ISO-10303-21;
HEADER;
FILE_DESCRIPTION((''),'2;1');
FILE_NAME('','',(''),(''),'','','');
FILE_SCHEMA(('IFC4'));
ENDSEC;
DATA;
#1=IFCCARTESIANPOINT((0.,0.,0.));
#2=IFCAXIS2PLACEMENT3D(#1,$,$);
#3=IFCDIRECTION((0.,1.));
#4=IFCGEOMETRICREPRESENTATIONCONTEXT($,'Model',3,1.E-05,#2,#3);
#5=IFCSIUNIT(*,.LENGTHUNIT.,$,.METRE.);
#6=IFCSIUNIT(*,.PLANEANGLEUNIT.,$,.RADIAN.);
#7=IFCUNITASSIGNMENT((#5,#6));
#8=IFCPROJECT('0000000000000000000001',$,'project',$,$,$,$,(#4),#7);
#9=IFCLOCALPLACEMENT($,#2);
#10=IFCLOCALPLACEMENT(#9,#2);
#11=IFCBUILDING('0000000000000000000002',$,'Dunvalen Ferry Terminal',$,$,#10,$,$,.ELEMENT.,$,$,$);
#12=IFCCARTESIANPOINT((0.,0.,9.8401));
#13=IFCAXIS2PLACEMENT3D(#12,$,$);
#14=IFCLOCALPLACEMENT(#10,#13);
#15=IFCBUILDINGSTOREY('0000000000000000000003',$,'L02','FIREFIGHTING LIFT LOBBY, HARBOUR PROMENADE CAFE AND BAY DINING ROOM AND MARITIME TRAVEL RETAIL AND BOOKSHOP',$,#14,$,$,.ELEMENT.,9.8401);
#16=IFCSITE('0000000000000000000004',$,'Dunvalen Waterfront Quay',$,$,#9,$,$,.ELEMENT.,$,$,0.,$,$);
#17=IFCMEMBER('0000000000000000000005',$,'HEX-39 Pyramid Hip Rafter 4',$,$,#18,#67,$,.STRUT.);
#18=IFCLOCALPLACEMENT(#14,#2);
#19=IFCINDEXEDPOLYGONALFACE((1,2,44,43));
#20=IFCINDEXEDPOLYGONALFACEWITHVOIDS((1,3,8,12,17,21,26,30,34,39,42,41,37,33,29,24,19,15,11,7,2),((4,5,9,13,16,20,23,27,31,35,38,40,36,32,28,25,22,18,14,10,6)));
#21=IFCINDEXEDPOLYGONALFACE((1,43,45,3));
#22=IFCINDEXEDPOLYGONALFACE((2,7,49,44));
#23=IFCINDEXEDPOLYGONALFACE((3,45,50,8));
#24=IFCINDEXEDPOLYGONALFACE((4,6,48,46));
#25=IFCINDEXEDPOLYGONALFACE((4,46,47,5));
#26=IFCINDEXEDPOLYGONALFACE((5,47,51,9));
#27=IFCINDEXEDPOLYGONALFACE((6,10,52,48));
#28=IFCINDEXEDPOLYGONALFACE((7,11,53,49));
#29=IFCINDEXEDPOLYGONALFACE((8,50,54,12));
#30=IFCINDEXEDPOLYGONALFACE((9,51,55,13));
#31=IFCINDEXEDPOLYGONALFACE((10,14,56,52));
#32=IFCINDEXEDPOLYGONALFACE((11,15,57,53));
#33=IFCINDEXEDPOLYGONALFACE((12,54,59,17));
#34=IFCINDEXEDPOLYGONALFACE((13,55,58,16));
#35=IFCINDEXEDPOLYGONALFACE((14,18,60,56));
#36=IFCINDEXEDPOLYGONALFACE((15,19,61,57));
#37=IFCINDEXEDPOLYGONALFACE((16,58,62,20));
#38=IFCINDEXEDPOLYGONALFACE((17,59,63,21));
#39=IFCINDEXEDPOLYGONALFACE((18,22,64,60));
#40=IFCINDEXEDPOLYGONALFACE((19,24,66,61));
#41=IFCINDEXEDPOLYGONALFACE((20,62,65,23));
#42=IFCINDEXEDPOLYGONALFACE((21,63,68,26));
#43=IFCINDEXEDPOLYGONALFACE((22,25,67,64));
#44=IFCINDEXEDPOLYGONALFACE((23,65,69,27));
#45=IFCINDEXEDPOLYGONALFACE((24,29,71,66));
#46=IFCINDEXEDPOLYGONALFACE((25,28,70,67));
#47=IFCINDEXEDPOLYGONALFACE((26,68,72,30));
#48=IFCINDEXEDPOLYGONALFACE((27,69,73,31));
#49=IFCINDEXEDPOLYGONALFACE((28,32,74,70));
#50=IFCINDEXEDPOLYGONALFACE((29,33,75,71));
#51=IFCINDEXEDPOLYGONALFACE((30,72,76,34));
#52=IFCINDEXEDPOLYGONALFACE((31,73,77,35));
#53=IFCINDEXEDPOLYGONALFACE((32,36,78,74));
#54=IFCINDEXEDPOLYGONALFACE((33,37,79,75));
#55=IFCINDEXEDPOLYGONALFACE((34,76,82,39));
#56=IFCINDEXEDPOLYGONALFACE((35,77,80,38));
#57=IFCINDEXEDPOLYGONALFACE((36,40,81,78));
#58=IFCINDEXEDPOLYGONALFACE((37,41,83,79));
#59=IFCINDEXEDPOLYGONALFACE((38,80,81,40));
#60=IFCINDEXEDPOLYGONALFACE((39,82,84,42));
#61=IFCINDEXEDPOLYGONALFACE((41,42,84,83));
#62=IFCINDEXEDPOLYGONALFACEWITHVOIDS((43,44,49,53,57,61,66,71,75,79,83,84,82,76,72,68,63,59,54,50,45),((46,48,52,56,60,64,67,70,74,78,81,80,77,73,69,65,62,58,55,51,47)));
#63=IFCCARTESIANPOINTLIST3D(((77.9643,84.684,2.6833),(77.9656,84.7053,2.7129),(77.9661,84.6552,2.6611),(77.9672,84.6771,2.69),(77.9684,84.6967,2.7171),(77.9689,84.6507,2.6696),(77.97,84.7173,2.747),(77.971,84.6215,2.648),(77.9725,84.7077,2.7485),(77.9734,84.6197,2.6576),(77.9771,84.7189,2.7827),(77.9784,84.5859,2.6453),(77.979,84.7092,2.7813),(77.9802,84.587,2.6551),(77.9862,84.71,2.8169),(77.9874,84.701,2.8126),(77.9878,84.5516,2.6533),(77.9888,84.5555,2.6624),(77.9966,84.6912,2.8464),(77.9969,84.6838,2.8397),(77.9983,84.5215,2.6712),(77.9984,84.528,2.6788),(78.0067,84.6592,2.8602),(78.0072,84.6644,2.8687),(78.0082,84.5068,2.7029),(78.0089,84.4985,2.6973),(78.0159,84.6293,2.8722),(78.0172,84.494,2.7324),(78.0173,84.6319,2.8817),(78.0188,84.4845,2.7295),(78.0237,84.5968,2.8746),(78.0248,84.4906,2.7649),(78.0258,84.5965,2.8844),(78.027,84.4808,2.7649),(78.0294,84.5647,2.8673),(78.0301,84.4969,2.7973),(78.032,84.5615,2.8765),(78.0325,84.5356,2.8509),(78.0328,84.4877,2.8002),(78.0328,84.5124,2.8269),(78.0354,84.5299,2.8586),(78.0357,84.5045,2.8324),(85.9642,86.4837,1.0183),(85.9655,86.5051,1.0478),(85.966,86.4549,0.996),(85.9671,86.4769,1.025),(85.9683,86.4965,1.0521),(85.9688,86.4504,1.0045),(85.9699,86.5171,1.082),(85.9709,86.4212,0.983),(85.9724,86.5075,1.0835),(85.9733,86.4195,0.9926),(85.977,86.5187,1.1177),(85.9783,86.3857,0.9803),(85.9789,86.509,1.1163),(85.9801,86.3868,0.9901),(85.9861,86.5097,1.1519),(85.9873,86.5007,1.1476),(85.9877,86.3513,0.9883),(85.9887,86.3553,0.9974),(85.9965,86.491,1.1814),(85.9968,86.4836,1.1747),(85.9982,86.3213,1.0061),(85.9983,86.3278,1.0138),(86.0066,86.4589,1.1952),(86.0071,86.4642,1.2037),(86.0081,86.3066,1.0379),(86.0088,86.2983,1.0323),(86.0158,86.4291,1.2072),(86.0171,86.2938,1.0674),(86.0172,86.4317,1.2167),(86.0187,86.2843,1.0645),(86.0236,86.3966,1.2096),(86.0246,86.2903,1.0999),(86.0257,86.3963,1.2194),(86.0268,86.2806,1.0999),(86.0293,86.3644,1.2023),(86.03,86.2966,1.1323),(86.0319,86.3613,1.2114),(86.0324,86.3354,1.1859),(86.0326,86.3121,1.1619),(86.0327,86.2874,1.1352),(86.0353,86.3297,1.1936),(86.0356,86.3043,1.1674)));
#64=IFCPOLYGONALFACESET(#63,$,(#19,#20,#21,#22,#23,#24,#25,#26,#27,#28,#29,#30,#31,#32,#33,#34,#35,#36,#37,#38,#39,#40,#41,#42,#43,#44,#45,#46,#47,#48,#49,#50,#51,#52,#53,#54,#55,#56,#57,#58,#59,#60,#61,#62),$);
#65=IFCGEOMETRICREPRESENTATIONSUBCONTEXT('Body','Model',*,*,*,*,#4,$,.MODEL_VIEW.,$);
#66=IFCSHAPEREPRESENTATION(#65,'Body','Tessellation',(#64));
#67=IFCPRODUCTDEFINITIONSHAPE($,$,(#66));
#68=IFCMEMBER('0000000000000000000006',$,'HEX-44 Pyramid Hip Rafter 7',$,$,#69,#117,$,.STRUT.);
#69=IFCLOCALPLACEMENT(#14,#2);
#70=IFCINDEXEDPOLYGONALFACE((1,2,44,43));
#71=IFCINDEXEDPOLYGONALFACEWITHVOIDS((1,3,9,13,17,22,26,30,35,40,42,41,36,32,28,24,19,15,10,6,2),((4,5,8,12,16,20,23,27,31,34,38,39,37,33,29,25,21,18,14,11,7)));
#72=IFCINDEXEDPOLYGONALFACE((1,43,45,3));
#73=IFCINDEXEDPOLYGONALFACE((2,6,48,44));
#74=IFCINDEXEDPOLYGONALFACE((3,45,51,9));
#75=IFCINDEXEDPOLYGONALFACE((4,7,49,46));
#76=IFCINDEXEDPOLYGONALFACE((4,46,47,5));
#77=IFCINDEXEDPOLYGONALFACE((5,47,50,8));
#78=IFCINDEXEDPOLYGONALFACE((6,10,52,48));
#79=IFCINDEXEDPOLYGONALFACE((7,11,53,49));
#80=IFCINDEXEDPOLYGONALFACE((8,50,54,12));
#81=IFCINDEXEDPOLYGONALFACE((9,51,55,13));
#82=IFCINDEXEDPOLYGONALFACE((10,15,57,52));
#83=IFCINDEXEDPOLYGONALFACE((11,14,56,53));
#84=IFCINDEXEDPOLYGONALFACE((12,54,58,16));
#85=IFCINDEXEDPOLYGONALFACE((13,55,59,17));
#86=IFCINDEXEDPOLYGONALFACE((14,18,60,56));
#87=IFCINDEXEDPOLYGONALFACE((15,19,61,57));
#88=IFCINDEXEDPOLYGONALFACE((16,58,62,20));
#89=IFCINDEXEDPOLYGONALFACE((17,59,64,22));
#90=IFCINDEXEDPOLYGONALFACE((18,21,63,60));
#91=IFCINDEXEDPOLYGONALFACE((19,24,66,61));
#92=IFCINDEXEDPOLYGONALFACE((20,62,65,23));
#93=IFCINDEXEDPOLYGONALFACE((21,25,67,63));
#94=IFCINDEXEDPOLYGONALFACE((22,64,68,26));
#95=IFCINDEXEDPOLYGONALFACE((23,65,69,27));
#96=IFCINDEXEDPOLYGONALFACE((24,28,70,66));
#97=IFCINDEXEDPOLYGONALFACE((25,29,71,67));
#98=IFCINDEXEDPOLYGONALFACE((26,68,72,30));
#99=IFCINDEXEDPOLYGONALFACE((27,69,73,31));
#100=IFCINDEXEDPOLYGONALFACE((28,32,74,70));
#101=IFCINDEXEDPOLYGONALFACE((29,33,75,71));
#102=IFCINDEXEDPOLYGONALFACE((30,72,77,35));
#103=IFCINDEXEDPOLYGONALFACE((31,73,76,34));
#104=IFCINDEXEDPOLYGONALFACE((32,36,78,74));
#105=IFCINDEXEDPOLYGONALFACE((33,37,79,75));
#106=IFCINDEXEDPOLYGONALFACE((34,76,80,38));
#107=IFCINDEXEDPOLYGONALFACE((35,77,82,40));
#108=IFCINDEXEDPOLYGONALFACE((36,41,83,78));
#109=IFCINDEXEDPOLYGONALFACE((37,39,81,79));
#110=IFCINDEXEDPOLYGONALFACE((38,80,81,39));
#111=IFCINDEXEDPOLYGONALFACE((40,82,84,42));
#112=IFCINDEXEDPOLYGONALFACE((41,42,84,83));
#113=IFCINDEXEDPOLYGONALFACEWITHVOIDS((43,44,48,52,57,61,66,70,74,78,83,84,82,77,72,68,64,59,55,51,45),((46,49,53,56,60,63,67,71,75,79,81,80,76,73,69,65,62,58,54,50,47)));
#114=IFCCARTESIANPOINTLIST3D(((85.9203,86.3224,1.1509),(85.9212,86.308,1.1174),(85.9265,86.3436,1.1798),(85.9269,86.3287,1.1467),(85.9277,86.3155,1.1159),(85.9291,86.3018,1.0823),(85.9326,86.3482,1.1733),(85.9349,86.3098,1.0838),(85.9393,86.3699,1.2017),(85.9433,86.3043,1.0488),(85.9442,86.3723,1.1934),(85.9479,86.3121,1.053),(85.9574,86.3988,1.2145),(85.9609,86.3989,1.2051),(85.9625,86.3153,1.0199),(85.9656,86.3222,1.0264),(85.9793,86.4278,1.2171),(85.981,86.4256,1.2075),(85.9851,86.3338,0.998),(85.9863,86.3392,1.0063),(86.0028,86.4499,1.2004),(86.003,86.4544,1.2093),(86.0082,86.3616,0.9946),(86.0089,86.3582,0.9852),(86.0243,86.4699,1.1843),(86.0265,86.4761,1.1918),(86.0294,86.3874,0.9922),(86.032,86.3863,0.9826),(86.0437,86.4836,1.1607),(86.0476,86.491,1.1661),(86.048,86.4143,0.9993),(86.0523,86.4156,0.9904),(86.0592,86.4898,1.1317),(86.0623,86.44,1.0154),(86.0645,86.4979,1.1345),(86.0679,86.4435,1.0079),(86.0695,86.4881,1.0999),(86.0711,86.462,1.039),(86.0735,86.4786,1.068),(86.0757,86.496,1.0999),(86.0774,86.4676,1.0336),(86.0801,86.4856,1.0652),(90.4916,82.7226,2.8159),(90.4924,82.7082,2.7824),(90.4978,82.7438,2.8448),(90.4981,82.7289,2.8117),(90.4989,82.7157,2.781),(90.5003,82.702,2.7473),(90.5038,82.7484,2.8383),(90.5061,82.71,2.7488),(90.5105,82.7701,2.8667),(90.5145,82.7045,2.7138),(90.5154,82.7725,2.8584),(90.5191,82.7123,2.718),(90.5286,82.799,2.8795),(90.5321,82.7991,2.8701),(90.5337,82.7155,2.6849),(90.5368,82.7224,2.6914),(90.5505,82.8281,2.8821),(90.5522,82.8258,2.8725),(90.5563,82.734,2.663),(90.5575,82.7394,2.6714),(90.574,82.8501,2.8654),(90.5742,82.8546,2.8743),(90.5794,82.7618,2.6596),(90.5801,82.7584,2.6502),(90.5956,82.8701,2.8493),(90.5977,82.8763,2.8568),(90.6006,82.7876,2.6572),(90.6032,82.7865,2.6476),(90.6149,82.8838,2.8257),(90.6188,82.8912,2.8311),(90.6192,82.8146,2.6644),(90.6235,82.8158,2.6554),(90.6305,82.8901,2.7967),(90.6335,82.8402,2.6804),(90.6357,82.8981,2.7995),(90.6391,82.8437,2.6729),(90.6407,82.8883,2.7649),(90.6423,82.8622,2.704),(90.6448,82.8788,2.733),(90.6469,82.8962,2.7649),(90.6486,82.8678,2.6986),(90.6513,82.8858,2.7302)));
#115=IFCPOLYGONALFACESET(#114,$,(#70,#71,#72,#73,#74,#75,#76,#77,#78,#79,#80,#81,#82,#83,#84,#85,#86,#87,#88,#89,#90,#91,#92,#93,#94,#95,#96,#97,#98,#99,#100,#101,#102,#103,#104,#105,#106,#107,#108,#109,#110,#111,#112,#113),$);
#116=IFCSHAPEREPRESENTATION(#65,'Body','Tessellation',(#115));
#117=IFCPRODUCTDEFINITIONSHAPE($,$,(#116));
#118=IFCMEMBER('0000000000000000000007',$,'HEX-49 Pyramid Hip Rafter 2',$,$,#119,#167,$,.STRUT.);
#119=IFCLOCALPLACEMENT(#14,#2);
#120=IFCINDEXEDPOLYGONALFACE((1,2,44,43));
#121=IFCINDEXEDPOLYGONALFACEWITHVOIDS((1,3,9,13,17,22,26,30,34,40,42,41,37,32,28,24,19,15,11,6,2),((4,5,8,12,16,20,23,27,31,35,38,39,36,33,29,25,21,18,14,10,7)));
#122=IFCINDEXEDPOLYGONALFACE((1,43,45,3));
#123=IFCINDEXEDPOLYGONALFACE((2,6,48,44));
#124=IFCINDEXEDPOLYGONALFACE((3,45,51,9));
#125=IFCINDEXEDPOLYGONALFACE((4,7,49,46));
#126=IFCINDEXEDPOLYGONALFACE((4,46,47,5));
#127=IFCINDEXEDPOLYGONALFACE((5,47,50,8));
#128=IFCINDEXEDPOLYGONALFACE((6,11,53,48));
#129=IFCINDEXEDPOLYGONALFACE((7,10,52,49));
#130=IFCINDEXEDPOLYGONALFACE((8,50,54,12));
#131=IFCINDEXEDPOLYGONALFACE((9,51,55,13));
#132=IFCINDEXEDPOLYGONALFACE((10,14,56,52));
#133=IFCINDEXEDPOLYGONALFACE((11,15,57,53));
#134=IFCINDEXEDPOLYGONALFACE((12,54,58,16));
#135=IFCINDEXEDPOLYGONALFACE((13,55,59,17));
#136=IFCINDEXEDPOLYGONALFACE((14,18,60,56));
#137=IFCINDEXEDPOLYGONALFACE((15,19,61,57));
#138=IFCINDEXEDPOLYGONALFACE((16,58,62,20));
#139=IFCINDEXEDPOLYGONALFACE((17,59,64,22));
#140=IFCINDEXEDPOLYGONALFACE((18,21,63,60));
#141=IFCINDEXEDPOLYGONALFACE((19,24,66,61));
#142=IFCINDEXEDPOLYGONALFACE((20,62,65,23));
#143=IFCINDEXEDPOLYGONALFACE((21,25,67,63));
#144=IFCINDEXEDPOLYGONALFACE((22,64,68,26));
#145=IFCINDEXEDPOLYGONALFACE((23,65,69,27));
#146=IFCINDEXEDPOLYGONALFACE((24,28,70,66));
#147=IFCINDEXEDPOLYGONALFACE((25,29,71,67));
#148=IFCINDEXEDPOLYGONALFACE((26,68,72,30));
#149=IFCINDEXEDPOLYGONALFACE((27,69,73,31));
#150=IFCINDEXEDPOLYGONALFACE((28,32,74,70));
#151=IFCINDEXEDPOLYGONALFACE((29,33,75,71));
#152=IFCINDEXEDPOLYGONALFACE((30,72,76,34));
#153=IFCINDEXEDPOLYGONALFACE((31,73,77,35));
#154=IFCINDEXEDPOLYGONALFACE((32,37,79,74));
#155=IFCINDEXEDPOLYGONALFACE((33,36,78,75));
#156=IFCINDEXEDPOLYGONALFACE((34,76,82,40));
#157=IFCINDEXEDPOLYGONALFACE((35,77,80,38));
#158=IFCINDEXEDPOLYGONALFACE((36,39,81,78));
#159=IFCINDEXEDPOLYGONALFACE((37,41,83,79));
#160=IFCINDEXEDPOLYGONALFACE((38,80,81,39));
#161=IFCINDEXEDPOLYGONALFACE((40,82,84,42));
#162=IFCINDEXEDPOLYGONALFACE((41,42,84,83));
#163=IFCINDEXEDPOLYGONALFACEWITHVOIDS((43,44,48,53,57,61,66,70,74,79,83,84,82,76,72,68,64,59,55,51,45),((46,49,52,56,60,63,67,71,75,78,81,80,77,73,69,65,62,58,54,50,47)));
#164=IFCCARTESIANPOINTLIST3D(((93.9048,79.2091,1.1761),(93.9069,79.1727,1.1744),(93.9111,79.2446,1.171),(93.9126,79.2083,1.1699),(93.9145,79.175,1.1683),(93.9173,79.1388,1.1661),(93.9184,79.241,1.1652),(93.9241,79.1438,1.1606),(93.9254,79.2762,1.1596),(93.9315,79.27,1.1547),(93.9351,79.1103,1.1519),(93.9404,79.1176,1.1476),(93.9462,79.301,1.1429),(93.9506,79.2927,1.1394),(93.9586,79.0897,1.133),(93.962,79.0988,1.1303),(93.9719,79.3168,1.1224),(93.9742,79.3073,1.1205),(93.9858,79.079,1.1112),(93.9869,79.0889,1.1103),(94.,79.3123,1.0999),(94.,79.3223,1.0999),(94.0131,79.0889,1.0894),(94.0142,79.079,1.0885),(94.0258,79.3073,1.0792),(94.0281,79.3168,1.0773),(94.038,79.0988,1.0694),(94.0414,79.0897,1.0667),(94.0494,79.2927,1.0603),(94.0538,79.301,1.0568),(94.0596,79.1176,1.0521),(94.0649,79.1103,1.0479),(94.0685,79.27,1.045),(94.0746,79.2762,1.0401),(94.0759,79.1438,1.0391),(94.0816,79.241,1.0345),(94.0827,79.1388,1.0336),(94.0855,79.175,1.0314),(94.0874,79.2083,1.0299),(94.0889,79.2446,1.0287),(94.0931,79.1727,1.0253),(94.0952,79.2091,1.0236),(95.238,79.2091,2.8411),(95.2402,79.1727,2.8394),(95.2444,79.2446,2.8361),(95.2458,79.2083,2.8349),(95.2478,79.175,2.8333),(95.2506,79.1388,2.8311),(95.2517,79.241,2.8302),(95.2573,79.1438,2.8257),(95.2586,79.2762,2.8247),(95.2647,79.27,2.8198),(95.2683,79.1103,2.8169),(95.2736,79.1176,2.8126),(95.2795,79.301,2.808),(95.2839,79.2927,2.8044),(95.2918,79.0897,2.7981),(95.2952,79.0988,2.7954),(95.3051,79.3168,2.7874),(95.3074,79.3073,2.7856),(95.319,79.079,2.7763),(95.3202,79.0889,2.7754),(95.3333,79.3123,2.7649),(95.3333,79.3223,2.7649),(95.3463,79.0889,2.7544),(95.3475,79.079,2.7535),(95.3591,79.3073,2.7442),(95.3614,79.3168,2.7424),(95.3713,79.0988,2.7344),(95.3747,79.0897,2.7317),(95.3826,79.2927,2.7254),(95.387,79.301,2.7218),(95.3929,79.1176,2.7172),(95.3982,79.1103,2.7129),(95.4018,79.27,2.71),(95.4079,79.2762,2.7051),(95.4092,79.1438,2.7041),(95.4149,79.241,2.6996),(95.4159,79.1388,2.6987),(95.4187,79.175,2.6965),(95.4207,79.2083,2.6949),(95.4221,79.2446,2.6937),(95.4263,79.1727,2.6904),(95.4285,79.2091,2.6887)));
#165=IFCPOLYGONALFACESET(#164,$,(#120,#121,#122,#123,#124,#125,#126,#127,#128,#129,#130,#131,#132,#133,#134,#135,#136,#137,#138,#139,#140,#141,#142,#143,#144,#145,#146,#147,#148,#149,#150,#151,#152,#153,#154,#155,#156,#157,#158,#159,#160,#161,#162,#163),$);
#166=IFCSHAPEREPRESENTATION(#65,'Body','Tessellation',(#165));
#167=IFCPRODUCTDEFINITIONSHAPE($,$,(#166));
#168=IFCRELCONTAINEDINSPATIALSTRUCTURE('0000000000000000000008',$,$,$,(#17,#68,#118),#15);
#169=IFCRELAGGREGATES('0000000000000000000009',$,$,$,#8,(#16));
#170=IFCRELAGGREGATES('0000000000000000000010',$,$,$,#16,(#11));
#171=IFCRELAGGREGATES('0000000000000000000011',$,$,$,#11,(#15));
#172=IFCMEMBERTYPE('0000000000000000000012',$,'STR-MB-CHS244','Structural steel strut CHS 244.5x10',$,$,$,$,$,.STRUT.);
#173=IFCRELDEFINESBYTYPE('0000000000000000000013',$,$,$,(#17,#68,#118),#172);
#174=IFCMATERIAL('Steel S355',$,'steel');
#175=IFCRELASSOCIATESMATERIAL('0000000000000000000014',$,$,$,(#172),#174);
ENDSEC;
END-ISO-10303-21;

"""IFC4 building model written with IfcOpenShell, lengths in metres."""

from ifc_helpers import new_model, si_unit, direction, frame, origin, origin_2d, place, context, subcontext, project, spatial, hollow_circle, extrude, material, material_profile, profile_set, type_object, element, save


model = new_model("IFC4")

# Units and contexts
model_context = context("Model", 3, precision=1e-05, world=origin(), true_north=direction((0.0, 1.0)))
body_context = subcontext(model_context, "Body", "Model", "MODEL_VIEW")
ifc_project = project(units=[si_unit("LENGTHUNIT", "METRE"), si_unit("PLANEANGLEUNIT", "RADIAN")], contexts=[model_context])

# Site, building, storey
site_placement = place(None, origin())
site = spatial("IfcSite", under=ifc_project, at=site_placement, Name="Dunvalen Waterfront Quay", CompositionType="ELEMENT", RefElevation=0.0)
building_placement = place(site_placement, origin())
building = spatial("IfcBuilding", under=site, at=building_placement, Name="Dunvalen Ferry Terminal", CompositionType="ELEMENT")
storey_placement = place(building_placement, frame((0.0, 0.0, 9.8401)))
storey = spatial("IfcBuildingStorey", under=building, at=storey_placement, Name="L02", Description="FIREFIGHTING LIFT LOBBY, HARBOUR PROMENADE CAFE AND BAY DINING ROOM AND MARITIME TRAVEL RETAIL AND BOOKSHOP", CompositionType="ELEMENT", Elevation=9.8401)

# Shared definitions
ifc_material_1 = material(Name="Steel S355", Category="steel")

# Members
ifc_material_profile_1 = material_profile(ifc_material_1, hollow_circle(Radius=0.1223, WallThickness=0.01, at=origin_2d()), Name="Steel S355")
ifc_profile_set_1 = profile_set([ifc_material_profile_1], Name="Steel S355")
member_type_1 = type_object("IfcMemberType", Name="STR-MB-CHS244", Description="Structural steel strut CHS 244.5x10", PredefinedType="STRUT", material=ifc_profile_set_1)
member_1_placement = place(storey_placement, frame((86.0, 86.3999, 1.0999), z_axis=(-0.956103, -0.2151, 0.198994), x_axis=(0.21949, -0.975615, 0.0)))
element("IfcMember", 1, at=member_1_placement, inside=storey, type_object=member_type_1, Name="HEX-39 Pyramid Hip Rafter 4", PredefinedType="STRUT", context=body_context, shape_type="SweptSolid", body=[
    extrude(hollow_circle(Radius=0.1223, WallThickness=0.01, at=origin_2d()), origin(), (0.0, 0.0, 1.0), 8.3672),
])
member_2_placement = place(storey_placement, frame((86.0, 86.3999, 1.0999), z_axis=(0.755322, -0.59481, 0.275117), x_axis=(0.618685, 0.785639, 0.0)))
element("IfcMember", 2, at=member_2_placement, inside=storey, type_object=member_type_1, Name="HEX-44 Pyramid Hip Rafter 7", PredefinedType="STRUT", context=body_context, shape_type="SweptSolid", body=[
    extrude(hollow_circle(Radius=0.1223, WallThickness=0.01, at=origin_2d()), origin(), (0.0, 0.0, 1.0), 6.052),
])
member_3_placement = place(storey_placement, frame((94.0, 79.2, 1.0999), z_axis=(0.625044, 0.0, 0.78059), x_axis=(0.0, 1.0, 0.0)))
element("IfcMember", 3, at=member_3_placement, inside=storey, type_object=member_type_1, Name="HEX-49 Pyramid Hip Rafter 2", PredefinedType="STRUT", context=body_context, shape_type="SweptSolid", body=[
    extrude(hollow_circle(Radius=0.1223, WallThickness=0.01, at=origin_2d()), origin(), (0.0, 0.0, 1.0), 2.1331),
])

save(model, "model.ifc")
